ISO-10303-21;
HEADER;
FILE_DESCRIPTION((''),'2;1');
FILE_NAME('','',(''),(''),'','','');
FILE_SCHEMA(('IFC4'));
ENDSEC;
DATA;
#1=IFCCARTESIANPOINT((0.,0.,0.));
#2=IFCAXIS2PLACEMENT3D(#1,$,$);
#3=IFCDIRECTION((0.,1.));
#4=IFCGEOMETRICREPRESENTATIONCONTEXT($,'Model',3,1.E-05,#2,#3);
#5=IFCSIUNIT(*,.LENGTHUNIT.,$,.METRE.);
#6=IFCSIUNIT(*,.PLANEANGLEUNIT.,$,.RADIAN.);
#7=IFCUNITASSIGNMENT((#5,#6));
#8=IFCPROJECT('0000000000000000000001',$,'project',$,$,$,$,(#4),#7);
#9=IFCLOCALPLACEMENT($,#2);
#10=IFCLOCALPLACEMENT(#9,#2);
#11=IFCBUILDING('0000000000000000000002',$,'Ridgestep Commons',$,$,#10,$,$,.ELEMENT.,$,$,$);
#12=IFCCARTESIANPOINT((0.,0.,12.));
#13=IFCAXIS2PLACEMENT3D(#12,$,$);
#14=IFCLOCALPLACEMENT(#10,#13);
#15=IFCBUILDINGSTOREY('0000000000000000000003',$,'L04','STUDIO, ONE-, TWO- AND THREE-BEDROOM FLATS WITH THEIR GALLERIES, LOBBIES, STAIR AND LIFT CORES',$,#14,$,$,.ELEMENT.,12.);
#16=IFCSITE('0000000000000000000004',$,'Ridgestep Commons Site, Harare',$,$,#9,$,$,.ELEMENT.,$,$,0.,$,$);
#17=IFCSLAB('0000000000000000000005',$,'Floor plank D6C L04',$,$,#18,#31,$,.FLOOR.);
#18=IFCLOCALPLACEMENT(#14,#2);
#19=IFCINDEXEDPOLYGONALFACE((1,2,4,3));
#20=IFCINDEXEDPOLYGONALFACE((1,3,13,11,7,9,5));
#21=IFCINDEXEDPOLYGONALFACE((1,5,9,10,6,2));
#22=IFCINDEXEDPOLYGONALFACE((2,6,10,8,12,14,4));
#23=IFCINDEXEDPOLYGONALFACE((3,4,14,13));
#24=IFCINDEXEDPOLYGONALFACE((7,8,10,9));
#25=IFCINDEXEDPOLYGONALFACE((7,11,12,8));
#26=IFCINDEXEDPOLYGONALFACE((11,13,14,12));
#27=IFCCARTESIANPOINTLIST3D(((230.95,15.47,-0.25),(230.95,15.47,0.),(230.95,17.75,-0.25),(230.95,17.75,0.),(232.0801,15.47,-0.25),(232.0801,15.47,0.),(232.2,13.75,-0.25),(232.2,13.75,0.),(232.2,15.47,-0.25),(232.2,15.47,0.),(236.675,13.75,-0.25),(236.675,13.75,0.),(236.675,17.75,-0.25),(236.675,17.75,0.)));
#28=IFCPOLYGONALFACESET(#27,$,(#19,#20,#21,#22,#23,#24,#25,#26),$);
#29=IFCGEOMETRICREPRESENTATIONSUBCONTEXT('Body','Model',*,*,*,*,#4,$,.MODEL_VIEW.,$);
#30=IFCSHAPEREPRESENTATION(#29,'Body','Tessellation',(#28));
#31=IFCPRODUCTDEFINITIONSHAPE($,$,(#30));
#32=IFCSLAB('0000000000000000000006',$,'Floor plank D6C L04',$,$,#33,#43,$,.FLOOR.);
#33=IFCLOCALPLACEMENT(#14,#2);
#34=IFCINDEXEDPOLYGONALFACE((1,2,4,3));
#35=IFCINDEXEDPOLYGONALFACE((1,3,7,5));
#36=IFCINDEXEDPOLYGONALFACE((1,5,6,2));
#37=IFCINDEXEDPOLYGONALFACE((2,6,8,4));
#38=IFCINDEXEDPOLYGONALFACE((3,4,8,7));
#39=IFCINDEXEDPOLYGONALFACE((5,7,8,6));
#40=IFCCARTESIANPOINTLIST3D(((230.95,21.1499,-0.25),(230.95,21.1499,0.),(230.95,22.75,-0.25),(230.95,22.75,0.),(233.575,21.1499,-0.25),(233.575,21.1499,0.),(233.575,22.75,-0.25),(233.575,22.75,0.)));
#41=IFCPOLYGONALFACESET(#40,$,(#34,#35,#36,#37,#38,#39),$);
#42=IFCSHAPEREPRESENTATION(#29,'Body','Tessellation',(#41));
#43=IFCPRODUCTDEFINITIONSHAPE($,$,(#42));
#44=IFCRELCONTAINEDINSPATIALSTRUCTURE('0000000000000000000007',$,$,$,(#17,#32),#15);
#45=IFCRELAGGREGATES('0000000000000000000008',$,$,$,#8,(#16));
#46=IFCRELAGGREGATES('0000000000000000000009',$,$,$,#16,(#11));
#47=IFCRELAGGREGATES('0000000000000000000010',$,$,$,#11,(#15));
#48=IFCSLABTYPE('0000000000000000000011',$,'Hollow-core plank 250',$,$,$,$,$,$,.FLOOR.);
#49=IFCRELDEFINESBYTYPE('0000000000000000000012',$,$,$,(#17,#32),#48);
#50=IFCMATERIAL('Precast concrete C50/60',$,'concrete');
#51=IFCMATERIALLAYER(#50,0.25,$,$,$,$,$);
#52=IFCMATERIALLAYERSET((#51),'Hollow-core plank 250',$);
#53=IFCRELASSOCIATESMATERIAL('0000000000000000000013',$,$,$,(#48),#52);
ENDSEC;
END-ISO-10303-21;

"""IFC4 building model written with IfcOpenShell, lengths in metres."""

from ifc_helpers import new_model, si_unit, direction, frame, origin, place, context, subcontext, project, spatial, polyline, outline, extrude, material, layer, layer_set, type_object, element, save


model = new_model("IFC4")

# Units and contexts
model_context = context("Model", 3, precision=1e-05, world=origin(), true_north=direction((0.0, 1.0)))
body_context = subcontext(model_context, "Body", "Model", "MODEL_VIEW")
ifc_project = project(units=[si_unit("LENGTHUNIT", "METRE"), si_unit("PLANEANGLEUNIT", "RADIAN")], contexts=[model_context])

# Site, building, storey
site_placement = place(None, origin())
site = spatial("IfcSite", under=ifc_project, at=site_placement, Name="Ridgestep Commons Site, Harare", CompositionType="ELEMENT", RefElevation=0.0)
building_placement = place(site_placement, origin())
building = spatial("IfcBuilding", under=site, at=building_placement, Name="Ridgestep Commons", CompositionType="ELEMENT")
storey_placement = place(building_placement, frame((0.0, 0.0, 12.0)))
storey = spatial("IfcBuildingStorey", under=building, at=storey_placement, Name="L04", Description="STUDIO, ONE-, TWO- AND THREE-BEDROOM FLATS WITH THEIR GALLERIES, LOBBIES, STAIR AND LIFT CORES", CompositionType="ELEMENT", Elevation=12.0)

# Slabs
ifc_material = material(Name="Precast concrete C50/60", Category="concrete")
ifc_layer = layer(ifc_material, 0.25)
ifc_layer_set = layer_set([ifc_layer], Name="Hollow-core plank 250")
slab_type = type_object("IfcSlabType", Name="Hollow-core plank 250", PredefinedType="FLOOR", material=ifc_layer_set)
slab_1_placement = place(storey_placement, frame((0.0, 0.0, -0.25)))
element("IfcSlab", 1, at=slab_1_placement, inside=storey, type_object=slab_type, Name="Floor plank D6C L04", PredefinedType="FLOOR", context=body_context, shape_type="SweptSolid", body=[
    extrude(outline(polyline([(232.2, 13.75), (236.675, 13.75), (236.675, 17.75), (230.95, 17.75), (230.95, 15.47), (232.0801, 15.47), (232.2, 15.47), (232.2, 13.75)])), origin(), (0.0, 0.0, 1.0), 0.25),
])
slab_2_placement = place(storey_placement, frame((0.0, 0.0, -0.25)))
element("IfcSlab", 2, at=slab_2_placement, inside=storey, type_object=slab_type, Name="Floor plank D6C L04", PredefinedType="FLOOR", context=body_context, shape_type="SweptSolid", body=[
    extrude(outline(polyline([(233.575, 22.75), (230.95, 22.75), (230.95, 21.1499), (233.575, 21.1499), (233.575, 22.75)])), origin(), (0.0, 0.0, 1.0), 0.25),
])

save(model, "model.ifc")
